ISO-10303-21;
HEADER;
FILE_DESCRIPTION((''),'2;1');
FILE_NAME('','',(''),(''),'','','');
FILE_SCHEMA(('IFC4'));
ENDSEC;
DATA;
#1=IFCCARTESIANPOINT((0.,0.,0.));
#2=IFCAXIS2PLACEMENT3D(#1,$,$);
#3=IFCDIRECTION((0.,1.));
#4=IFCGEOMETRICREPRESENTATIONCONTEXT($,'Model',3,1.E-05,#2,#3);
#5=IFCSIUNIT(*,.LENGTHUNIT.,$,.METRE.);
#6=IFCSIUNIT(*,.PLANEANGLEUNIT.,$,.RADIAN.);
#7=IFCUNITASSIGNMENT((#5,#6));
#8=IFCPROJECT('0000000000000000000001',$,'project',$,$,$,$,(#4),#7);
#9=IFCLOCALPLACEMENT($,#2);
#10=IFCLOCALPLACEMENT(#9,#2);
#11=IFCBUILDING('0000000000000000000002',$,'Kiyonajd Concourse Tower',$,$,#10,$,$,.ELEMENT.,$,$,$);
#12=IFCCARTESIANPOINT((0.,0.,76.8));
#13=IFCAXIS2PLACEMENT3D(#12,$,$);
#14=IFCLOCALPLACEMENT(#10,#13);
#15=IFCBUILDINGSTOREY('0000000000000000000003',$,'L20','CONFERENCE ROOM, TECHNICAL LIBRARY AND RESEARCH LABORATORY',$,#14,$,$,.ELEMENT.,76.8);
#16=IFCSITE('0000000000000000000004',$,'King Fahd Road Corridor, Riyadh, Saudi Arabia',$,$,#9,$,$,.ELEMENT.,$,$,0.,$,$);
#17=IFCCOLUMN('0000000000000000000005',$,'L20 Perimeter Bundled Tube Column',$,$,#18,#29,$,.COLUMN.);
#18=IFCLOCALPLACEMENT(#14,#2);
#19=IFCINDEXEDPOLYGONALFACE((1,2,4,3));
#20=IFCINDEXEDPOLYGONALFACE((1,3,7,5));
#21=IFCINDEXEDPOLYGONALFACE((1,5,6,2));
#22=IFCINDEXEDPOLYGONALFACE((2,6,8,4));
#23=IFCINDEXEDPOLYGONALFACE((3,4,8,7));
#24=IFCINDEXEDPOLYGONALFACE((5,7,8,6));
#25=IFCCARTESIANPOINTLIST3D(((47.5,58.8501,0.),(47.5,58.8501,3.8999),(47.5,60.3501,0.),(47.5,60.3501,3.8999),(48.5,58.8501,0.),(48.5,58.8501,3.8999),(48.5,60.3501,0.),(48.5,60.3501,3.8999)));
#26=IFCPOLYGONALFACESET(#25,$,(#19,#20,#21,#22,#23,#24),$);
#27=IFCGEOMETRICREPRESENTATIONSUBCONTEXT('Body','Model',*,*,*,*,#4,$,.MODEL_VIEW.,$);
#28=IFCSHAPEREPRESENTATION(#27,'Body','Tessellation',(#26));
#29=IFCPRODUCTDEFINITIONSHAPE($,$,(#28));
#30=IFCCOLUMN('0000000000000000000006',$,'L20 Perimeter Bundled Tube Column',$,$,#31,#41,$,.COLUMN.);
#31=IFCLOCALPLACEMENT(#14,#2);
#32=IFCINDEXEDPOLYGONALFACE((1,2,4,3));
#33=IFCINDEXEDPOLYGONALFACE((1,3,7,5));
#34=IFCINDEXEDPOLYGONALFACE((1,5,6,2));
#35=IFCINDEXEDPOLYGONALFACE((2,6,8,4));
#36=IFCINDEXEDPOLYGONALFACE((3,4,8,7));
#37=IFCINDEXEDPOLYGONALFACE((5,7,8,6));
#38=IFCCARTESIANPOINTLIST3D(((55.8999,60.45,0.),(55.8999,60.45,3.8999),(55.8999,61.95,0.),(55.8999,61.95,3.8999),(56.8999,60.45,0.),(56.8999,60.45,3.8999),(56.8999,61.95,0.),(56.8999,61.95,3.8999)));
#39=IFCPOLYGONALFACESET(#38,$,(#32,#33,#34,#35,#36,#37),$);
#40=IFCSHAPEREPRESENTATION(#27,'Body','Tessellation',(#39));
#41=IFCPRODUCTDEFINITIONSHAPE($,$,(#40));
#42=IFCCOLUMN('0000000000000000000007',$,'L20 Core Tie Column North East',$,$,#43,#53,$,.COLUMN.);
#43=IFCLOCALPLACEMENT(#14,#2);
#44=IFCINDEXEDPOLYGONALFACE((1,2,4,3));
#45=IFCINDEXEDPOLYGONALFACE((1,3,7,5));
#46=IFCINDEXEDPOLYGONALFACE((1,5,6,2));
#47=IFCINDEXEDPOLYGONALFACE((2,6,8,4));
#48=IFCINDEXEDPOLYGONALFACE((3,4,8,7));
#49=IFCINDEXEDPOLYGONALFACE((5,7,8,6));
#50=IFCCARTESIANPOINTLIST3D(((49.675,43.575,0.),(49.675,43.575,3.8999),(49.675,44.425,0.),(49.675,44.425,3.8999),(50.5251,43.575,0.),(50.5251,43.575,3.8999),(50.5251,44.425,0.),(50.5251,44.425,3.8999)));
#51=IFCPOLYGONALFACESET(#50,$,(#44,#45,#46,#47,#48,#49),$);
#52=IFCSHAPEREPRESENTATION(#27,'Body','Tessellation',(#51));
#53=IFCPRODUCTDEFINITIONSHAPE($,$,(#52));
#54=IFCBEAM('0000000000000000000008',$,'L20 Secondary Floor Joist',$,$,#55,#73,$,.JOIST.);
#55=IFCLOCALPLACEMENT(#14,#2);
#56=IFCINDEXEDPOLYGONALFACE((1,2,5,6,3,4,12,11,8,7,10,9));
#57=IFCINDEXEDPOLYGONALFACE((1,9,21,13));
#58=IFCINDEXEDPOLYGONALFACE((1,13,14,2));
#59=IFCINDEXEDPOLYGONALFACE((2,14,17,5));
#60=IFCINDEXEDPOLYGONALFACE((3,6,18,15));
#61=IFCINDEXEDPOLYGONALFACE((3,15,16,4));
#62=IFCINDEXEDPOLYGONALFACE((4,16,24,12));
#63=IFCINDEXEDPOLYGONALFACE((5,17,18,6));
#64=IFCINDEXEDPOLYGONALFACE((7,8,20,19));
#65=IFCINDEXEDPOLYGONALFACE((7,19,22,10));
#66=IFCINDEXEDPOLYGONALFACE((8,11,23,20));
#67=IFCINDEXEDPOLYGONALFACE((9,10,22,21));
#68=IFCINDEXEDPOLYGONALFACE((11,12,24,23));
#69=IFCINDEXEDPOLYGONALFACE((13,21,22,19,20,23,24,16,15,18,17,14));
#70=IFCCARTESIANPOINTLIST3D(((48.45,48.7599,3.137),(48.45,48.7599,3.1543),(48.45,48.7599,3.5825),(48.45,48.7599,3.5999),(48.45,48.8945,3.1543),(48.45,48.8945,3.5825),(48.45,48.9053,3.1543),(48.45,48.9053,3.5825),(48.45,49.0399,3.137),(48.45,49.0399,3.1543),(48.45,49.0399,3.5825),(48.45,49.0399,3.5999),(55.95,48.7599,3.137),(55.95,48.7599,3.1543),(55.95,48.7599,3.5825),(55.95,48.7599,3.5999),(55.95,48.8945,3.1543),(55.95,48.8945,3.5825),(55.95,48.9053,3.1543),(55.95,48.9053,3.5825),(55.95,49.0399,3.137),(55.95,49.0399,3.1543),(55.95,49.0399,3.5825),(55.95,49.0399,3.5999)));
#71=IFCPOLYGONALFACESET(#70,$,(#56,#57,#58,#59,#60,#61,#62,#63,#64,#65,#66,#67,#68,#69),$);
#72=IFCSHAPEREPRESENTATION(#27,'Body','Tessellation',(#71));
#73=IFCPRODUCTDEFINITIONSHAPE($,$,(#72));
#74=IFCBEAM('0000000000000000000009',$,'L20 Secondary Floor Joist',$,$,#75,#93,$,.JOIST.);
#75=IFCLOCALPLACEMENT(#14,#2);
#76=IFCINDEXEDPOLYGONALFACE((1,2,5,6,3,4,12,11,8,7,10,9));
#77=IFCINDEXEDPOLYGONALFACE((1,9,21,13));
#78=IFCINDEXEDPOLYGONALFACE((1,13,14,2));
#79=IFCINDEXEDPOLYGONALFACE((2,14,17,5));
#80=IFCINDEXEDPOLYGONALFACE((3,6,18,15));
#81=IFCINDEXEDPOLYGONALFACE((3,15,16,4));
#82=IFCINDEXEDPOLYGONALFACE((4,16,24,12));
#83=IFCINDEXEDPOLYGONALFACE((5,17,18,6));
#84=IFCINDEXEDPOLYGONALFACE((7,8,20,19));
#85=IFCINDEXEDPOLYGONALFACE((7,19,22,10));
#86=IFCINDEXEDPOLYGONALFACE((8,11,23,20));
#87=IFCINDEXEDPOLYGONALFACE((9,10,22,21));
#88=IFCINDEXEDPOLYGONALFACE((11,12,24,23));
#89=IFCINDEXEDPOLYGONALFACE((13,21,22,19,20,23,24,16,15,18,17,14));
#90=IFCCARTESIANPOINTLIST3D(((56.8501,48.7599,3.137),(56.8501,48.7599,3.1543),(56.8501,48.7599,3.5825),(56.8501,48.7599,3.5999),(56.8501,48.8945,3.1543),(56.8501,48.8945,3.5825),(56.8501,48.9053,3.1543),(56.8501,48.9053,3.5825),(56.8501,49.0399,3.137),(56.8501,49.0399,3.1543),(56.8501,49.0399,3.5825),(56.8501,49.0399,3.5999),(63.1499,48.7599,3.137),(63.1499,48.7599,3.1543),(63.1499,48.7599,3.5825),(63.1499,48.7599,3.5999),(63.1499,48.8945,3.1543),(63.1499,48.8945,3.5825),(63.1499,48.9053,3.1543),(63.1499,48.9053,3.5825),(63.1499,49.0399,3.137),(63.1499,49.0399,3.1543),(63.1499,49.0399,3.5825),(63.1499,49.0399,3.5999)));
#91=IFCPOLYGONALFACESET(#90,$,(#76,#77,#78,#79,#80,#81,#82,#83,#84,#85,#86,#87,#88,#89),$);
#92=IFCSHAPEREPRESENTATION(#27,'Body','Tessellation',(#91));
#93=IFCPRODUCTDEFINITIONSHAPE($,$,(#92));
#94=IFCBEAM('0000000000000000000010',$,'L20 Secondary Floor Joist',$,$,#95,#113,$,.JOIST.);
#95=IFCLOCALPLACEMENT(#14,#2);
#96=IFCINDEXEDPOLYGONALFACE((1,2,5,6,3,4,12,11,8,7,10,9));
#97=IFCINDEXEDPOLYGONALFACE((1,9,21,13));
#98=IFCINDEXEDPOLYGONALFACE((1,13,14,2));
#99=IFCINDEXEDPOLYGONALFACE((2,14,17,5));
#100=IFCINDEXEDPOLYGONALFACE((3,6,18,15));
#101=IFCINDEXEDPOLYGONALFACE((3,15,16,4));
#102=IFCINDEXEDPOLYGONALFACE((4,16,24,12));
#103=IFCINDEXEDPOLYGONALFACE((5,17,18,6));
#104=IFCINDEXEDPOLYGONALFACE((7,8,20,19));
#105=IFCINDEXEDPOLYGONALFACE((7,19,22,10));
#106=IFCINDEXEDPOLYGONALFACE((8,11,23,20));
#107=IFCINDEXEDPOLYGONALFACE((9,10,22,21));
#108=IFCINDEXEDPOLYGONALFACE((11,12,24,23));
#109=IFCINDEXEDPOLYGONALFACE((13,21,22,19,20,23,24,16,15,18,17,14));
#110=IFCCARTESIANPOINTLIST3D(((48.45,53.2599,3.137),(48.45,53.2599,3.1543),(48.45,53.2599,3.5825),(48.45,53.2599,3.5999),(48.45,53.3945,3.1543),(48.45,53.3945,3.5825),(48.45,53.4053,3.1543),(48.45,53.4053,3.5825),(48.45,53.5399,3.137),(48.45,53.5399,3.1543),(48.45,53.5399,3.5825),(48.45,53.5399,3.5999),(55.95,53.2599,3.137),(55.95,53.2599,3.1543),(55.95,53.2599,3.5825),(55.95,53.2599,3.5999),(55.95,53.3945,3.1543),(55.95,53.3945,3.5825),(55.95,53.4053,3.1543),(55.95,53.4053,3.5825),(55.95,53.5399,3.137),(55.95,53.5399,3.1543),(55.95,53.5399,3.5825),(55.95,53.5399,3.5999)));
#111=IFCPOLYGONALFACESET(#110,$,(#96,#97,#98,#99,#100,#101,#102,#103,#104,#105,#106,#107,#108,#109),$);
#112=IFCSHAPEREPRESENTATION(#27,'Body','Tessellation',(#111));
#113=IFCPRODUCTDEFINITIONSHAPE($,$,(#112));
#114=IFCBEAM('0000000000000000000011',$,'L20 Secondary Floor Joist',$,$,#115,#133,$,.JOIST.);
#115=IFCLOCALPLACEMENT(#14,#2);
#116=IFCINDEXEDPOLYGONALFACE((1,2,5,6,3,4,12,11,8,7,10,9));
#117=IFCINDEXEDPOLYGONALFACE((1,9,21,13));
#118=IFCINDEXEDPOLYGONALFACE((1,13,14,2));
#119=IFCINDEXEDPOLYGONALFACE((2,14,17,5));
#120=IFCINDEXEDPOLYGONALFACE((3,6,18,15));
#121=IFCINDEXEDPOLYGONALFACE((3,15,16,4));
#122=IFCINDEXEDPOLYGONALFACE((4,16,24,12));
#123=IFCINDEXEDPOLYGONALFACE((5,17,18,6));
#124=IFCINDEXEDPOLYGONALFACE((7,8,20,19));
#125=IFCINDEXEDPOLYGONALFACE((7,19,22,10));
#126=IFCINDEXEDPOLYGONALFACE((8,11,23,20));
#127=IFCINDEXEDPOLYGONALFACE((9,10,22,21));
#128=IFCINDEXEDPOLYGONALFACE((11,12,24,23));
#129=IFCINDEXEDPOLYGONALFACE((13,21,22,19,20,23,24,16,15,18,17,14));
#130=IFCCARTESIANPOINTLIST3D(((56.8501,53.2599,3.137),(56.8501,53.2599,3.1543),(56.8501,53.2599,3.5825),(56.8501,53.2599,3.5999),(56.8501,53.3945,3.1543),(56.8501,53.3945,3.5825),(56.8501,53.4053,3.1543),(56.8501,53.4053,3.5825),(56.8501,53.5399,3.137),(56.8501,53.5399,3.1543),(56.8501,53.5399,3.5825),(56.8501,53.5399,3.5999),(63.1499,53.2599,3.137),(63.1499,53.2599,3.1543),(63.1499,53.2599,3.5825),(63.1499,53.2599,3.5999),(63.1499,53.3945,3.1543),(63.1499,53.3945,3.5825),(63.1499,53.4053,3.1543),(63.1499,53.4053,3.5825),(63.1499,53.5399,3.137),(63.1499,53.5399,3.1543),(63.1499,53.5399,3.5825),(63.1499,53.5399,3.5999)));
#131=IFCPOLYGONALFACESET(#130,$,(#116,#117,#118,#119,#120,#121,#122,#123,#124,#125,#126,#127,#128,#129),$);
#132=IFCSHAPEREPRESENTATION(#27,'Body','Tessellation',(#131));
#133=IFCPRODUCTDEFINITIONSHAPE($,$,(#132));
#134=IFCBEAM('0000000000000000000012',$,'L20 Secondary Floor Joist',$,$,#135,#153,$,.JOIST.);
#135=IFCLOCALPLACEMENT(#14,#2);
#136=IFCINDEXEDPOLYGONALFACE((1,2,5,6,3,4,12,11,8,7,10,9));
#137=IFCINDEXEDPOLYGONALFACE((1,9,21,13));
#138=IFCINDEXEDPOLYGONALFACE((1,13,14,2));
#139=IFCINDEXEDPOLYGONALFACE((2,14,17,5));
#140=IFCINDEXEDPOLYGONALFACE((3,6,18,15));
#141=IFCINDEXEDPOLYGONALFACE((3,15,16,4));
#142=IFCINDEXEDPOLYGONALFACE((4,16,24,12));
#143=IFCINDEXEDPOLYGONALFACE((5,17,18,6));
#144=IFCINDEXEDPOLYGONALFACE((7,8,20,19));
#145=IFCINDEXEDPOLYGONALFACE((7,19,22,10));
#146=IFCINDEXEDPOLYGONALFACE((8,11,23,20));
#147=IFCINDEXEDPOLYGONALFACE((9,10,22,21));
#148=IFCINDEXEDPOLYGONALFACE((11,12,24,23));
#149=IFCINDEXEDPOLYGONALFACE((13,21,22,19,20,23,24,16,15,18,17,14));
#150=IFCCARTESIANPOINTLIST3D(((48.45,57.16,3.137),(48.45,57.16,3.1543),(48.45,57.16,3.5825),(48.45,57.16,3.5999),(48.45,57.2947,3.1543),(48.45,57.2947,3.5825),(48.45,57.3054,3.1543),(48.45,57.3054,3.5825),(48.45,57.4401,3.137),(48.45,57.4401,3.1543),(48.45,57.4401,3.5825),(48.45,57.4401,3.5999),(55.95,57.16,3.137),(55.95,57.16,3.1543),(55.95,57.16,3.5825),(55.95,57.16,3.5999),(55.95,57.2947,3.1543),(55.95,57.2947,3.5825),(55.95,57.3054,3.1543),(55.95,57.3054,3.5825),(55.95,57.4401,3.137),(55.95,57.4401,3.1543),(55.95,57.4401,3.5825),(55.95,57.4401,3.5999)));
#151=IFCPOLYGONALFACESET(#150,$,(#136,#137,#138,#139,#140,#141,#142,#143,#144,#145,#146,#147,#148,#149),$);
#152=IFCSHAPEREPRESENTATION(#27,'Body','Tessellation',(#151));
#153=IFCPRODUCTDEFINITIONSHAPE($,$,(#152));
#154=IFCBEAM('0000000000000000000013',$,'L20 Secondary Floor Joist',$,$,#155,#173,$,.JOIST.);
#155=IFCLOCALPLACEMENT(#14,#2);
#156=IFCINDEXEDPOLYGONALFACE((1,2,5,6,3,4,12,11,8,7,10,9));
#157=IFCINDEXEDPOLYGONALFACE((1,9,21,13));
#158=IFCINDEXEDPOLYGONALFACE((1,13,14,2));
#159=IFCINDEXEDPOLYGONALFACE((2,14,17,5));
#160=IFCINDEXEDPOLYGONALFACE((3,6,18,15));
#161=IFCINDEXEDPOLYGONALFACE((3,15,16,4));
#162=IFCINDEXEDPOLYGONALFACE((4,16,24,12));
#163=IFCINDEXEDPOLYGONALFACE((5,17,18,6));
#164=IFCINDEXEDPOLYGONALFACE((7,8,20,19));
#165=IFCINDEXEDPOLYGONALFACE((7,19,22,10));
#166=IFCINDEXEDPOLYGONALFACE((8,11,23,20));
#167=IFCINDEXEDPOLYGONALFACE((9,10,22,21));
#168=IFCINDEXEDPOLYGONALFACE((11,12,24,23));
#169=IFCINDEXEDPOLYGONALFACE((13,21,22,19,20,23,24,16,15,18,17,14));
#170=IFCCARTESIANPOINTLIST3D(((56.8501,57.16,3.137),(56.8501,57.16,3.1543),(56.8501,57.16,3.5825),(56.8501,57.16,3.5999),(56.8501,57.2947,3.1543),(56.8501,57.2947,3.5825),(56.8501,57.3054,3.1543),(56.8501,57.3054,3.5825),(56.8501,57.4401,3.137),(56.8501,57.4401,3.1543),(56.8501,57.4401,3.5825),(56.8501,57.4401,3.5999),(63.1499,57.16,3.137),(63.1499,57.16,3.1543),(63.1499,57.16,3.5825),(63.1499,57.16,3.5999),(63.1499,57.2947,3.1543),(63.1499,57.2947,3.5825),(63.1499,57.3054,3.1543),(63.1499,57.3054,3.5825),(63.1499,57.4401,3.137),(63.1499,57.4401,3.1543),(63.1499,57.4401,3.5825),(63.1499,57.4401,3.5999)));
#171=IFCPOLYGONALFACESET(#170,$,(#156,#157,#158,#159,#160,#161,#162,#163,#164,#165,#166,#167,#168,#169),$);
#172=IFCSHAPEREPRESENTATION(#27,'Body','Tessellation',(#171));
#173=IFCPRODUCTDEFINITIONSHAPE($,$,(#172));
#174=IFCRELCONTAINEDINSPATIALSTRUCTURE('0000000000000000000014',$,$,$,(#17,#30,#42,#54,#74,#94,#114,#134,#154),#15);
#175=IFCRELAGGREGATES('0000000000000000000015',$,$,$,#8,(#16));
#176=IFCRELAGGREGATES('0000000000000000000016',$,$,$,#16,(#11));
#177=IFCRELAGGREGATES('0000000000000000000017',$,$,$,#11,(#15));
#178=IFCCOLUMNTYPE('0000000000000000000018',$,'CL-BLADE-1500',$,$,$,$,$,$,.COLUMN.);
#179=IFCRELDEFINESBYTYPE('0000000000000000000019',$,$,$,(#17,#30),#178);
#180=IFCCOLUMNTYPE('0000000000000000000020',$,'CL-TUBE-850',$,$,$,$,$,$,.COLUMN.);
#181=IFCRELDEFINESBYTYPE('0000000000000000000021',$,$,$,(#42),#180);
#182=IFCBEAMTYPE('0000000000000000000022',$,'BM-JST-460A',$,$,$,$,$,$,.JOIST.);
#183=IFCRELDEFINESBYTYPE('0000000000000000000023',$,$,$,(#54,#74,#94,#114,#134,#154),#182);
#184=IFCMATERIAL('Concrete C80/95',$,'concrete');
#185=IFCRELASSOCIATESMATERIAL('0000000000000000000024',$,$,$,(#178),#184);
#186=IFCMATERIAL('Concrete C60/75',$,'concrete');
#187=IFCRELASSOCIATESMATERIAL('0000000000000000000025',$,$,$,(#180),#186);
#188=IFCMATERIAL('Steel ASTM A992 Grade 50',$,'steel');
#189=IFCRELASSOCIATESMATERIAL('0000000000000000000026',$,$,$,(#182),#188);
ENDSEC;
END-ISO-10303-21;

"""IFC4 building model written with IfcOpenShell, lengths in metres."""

from ifc_helpers import new_model, si_unit, direction, frame, origin, origin_2d, place, context, subcontext, project, spatial, rectangle, i_section, extrude, material, material_profile, profile_set, type_object, element, save


model = new_model("IFC4")

# Units and contexts
model_context = context("Model", 3, precision=1e-05, world=origin(), true_north=direction((0.0, 1.0)))
body_context = subcontext(model_context, "Body", "Model", "MODEL_VIEW")
ifc_project = project(units=[si_unit("LENGTHUNIT", "METRE"), si_unit("PLANEANGLEUNIT", "RADIAN")], contexts=[model_context])

# Site, building, storey
site_placement = place(None, origin())
site = spatial("IfcSite", under=ifc_project, at=site_placement, Name="King Fahd Road Corridor, Riyadh, Saudi Arabia", CompositionType="ELEMENT", RefElevation=0.0)
building_placement = place(site_placement, origin())
building = spatial("IfcBuilding", under=site, at=building_placement, Name="Kiyonajd Concourse Tower", CompositionType="ELEMENT")
storey_placement = place(building_placement, frame((0.0, 0.0, 76.8)))
storey = spatial("IfcBuildingStorey", under=building, at=storey_placement, Name="L20", Description="CONFERENCE ROOM, TECHNICAL LIBRARY AND RESEARCH LABORATORY", CompositionType="ELEMENT", Elevation=76.8)

# Columns
ifc_material_1 = material(Name="Concrete C80/95", Category="concrete")
ifc_material_profile_1 = material_profile(ifc_material_1, rectangle(XDim=1.0, YDim=1.5, at=origin_2d()), Name="RC-1500x1000")
ifc_profile_set_1 = profile_set([ifc_material_profile_1], Name="Concrete C80/95")
column_type_1 = type_object("IfcColumnType", Name="CL-BLADE-1500", PredefinedType="COLUMN", material=ifc_profile_set_1)
for number, where, z_axis, x_axis, name in (
    (1, (48.0, 59.6001, 0.0), (0.0, 0.0, 1.0), (1.0, 0.0, 0.0), "L20 Perimeter Bundled Tube Column"),
    (2, (56.3999, 61.2, 0.0), (0.0, 0.0, 1.0), (1.0, 0.0, 0.0), "L20 Perimeter Bundled Tube Column"),
):
    element("IfcColumn", number, at=place(storey_placement, frame(where, z_axis=z_axis, x_axis=x_axis)), inside=storey, type_object=column_type_1, Name=name, PredefinedType="COLUMN", context=body_context, shape_type="SweptSolid", body=[
        extrude(rectangle(XDim=1.0, YDim=1.5, at=origin_2d()), origin(), (0.0, 0.0, 1.0), 3.8999),
    ])
ifc_material_2 = material(Name="Concrete C60/75", Category="concrete")
ifc_material_profile_2 = material_profile(ifc_material_2, rectangle(XDim=0.8501, YDim=0.8501, at=origin_2d()), Name="RC-850x850")
ifc_profile_set_2 = profile_set([ifc_material_profile_2], Name="Concrete C60/75")
column_type_2 = type_object("IfcColumnType", Name="CL-TUBE-850", PredefinedType="COLUMN", material=ifc_profile_set_2)
column_placement = place(storey_placement, frame((50.1001, 44.0, 0.0), z_axis=(0.0, 0.0, 1.0), x_axis=(1.0, 0.0, 0.0)))
element("IfcColumn", 3, at=column_placement, inside=storey, type_object=column_type_2, Name="L20 Core Tie Column North East", PredefinedType="COLUMN", context=body_context, shape_type="SweptSolid", body=[
    extrude(rectangle(XDim=0.8501, YDim=0.8501, at=origin_2d()), origin(), (0.0, 0.0, 1.0), 3.8999),
])

# Beams
ifc_material_3 = material(Name="Steel ASTM A992 Grade 50", Category="steel")
ifc_material_profile_3 = material_profile(ifc_material_3, i_section(OverallWidth=0.28, OverallDepth=0.4629, WebThickness=0.0107, FlangeThickness=0.0173, at=origin_2d()), Name="W460X113")
ifc_profile_set_3 = profile_set([ifc_material_profile_3], Name="Steel ASTM A992 Grade 50")
beam_type_1 = type_object("IfcBeamType", Name="BM-JST-460A", PredefinedType="JOIST", material=ifc_profile_set_3)
beam_1_placement = place(storey_placement, frame((48.45, 48.8999, 3.3684), z_axis=(1.0, 0.0, 0.0), x_axis=(0.0, 1.0, 0.0)))
element("IfcBeam", 4, at=beam_1_placement, inside=storey, type_object=beam_type_1, Name="L20 Secondary Floor Joist", PredefinedType="JOIST", context=body_context, shape_type="SweptSolid", body=[
    extrude(i_section(OverallWidth=0.28, OverallDepth=0.4629, WebThickness=0.0107, FlangeThickness=0.0173, at=origin_2d()), origin(), (0.0, 0.0, 1.0), 7.5),
])
beam_2_placement = place(storey_placement, frame((56.8501, 48.8999, 3.3684), z_axis=(1.0, 0.0, 0.0), x_axis=(0.0, 1.0, 0.0)))
element("IfcBeam", 5, at=beam_2_placement, inside=storey, type_object=beam_type_1, Name="L20 Secondary Floor Joist", PredefinedType="JOIST", context=body_context, shape_type="SweptSolid", body=[
    extrude(i_section(OverallWidth=0.28, OverallDepth=0.4629, WebThickness=0.0107, FlangeThickness=0.0173, at=origin_2d()), origin(), (0.0, 0.0, 1.0), 6.2998),
])
beam_3_placement = place(storey_placement, frame((48.45, 53.3999, 3.3684), z_axis=(1.0, 0.0, 0.0), x_axis=(0.0, 1.0, 0.0)))
element("IfcBeam", 6, at=beam_3_placement, inside=storey, type_object=beam_type_1, Name="L20 Secondary Floor Joist", PredefinedType="JOIST", context=body_context, shape_type="SweptSolid", body=[
    extrude(i_section(OverallWidth=0.28, OverallDepth=0.4629, WebThickness=0.0107, FlangeThickness=0.0173, at=origin_2d()), origin(), (0.0, 0.0, 1.0), 7.5),
])
beam_4_placement = place(storey_placement, frame((56.8501, 53.3999, 3.3684), z_axis=(1.0, 0.0, 0.0), x_axis=(0.0, 1.0, 0.0)))
element("IfcBeam", 7, at=beam_4_placement, inside=storey, type_object=beam_type_1, Name="L20 Secondary Floor Joist", PredefinedType="JOIST", context=body_context, shape_type="SweptSolid", body=[
    extrude(i_section(OverallWidth=0.28, OverallDepth=0.4629, WebThickness=0.0107, FlangeThickness=0.0173, at=origin_2d()), origin(), (0.0, 0.0, 1.0), 6.2998),
])
beam_5_placement = place(storey_placement, frame((48.45, 57.3, 3.3684), z_axis=(1.0, 0.0, 0.0), x_axis=(0.0, 1.0, 0.0)))
element("IfcBeam", 8, at=beam_5_placement, inside=storey, type_object=beam_type_1, Name="L20 Secondary Floor Joist", PredefinedType="JOIST", context=body_context, shape_type="SweptSolid", body=[
    extrude(i_section(OverallWidth=0.28, OverallDepth=0.4629, WebThickness=0.0107, FlangeThickness=0.0173, at=origin_2d()), origin(), (0.0, 0.0, 1.0), 7.5),
])
beam_6_placement = place(storey_placement, frame((56.8501, 57.3, 3.3684), z_axis=(1.0, 0.0, 0.0), x_axis=(0.0, 1.0, 0.0)))
element("IfcBeam", 9, at=beam_6_placement, inside=storey, type_object=beam_type_1, Name="L20 Secondary Floor Joist", PredefinedType="JOIST", context=body_context, shape_type="SweptSolid", body=[
    extrude(i_section(OverallWidth=0.28, OverallDepth=0.4629, WebThickness=0.0107, FlangeThickness=0.0173, at=origin_2d()), origin(), (0.0, 0.0, 1.0), 6.2998),
])

save(model, "model.ifc")
